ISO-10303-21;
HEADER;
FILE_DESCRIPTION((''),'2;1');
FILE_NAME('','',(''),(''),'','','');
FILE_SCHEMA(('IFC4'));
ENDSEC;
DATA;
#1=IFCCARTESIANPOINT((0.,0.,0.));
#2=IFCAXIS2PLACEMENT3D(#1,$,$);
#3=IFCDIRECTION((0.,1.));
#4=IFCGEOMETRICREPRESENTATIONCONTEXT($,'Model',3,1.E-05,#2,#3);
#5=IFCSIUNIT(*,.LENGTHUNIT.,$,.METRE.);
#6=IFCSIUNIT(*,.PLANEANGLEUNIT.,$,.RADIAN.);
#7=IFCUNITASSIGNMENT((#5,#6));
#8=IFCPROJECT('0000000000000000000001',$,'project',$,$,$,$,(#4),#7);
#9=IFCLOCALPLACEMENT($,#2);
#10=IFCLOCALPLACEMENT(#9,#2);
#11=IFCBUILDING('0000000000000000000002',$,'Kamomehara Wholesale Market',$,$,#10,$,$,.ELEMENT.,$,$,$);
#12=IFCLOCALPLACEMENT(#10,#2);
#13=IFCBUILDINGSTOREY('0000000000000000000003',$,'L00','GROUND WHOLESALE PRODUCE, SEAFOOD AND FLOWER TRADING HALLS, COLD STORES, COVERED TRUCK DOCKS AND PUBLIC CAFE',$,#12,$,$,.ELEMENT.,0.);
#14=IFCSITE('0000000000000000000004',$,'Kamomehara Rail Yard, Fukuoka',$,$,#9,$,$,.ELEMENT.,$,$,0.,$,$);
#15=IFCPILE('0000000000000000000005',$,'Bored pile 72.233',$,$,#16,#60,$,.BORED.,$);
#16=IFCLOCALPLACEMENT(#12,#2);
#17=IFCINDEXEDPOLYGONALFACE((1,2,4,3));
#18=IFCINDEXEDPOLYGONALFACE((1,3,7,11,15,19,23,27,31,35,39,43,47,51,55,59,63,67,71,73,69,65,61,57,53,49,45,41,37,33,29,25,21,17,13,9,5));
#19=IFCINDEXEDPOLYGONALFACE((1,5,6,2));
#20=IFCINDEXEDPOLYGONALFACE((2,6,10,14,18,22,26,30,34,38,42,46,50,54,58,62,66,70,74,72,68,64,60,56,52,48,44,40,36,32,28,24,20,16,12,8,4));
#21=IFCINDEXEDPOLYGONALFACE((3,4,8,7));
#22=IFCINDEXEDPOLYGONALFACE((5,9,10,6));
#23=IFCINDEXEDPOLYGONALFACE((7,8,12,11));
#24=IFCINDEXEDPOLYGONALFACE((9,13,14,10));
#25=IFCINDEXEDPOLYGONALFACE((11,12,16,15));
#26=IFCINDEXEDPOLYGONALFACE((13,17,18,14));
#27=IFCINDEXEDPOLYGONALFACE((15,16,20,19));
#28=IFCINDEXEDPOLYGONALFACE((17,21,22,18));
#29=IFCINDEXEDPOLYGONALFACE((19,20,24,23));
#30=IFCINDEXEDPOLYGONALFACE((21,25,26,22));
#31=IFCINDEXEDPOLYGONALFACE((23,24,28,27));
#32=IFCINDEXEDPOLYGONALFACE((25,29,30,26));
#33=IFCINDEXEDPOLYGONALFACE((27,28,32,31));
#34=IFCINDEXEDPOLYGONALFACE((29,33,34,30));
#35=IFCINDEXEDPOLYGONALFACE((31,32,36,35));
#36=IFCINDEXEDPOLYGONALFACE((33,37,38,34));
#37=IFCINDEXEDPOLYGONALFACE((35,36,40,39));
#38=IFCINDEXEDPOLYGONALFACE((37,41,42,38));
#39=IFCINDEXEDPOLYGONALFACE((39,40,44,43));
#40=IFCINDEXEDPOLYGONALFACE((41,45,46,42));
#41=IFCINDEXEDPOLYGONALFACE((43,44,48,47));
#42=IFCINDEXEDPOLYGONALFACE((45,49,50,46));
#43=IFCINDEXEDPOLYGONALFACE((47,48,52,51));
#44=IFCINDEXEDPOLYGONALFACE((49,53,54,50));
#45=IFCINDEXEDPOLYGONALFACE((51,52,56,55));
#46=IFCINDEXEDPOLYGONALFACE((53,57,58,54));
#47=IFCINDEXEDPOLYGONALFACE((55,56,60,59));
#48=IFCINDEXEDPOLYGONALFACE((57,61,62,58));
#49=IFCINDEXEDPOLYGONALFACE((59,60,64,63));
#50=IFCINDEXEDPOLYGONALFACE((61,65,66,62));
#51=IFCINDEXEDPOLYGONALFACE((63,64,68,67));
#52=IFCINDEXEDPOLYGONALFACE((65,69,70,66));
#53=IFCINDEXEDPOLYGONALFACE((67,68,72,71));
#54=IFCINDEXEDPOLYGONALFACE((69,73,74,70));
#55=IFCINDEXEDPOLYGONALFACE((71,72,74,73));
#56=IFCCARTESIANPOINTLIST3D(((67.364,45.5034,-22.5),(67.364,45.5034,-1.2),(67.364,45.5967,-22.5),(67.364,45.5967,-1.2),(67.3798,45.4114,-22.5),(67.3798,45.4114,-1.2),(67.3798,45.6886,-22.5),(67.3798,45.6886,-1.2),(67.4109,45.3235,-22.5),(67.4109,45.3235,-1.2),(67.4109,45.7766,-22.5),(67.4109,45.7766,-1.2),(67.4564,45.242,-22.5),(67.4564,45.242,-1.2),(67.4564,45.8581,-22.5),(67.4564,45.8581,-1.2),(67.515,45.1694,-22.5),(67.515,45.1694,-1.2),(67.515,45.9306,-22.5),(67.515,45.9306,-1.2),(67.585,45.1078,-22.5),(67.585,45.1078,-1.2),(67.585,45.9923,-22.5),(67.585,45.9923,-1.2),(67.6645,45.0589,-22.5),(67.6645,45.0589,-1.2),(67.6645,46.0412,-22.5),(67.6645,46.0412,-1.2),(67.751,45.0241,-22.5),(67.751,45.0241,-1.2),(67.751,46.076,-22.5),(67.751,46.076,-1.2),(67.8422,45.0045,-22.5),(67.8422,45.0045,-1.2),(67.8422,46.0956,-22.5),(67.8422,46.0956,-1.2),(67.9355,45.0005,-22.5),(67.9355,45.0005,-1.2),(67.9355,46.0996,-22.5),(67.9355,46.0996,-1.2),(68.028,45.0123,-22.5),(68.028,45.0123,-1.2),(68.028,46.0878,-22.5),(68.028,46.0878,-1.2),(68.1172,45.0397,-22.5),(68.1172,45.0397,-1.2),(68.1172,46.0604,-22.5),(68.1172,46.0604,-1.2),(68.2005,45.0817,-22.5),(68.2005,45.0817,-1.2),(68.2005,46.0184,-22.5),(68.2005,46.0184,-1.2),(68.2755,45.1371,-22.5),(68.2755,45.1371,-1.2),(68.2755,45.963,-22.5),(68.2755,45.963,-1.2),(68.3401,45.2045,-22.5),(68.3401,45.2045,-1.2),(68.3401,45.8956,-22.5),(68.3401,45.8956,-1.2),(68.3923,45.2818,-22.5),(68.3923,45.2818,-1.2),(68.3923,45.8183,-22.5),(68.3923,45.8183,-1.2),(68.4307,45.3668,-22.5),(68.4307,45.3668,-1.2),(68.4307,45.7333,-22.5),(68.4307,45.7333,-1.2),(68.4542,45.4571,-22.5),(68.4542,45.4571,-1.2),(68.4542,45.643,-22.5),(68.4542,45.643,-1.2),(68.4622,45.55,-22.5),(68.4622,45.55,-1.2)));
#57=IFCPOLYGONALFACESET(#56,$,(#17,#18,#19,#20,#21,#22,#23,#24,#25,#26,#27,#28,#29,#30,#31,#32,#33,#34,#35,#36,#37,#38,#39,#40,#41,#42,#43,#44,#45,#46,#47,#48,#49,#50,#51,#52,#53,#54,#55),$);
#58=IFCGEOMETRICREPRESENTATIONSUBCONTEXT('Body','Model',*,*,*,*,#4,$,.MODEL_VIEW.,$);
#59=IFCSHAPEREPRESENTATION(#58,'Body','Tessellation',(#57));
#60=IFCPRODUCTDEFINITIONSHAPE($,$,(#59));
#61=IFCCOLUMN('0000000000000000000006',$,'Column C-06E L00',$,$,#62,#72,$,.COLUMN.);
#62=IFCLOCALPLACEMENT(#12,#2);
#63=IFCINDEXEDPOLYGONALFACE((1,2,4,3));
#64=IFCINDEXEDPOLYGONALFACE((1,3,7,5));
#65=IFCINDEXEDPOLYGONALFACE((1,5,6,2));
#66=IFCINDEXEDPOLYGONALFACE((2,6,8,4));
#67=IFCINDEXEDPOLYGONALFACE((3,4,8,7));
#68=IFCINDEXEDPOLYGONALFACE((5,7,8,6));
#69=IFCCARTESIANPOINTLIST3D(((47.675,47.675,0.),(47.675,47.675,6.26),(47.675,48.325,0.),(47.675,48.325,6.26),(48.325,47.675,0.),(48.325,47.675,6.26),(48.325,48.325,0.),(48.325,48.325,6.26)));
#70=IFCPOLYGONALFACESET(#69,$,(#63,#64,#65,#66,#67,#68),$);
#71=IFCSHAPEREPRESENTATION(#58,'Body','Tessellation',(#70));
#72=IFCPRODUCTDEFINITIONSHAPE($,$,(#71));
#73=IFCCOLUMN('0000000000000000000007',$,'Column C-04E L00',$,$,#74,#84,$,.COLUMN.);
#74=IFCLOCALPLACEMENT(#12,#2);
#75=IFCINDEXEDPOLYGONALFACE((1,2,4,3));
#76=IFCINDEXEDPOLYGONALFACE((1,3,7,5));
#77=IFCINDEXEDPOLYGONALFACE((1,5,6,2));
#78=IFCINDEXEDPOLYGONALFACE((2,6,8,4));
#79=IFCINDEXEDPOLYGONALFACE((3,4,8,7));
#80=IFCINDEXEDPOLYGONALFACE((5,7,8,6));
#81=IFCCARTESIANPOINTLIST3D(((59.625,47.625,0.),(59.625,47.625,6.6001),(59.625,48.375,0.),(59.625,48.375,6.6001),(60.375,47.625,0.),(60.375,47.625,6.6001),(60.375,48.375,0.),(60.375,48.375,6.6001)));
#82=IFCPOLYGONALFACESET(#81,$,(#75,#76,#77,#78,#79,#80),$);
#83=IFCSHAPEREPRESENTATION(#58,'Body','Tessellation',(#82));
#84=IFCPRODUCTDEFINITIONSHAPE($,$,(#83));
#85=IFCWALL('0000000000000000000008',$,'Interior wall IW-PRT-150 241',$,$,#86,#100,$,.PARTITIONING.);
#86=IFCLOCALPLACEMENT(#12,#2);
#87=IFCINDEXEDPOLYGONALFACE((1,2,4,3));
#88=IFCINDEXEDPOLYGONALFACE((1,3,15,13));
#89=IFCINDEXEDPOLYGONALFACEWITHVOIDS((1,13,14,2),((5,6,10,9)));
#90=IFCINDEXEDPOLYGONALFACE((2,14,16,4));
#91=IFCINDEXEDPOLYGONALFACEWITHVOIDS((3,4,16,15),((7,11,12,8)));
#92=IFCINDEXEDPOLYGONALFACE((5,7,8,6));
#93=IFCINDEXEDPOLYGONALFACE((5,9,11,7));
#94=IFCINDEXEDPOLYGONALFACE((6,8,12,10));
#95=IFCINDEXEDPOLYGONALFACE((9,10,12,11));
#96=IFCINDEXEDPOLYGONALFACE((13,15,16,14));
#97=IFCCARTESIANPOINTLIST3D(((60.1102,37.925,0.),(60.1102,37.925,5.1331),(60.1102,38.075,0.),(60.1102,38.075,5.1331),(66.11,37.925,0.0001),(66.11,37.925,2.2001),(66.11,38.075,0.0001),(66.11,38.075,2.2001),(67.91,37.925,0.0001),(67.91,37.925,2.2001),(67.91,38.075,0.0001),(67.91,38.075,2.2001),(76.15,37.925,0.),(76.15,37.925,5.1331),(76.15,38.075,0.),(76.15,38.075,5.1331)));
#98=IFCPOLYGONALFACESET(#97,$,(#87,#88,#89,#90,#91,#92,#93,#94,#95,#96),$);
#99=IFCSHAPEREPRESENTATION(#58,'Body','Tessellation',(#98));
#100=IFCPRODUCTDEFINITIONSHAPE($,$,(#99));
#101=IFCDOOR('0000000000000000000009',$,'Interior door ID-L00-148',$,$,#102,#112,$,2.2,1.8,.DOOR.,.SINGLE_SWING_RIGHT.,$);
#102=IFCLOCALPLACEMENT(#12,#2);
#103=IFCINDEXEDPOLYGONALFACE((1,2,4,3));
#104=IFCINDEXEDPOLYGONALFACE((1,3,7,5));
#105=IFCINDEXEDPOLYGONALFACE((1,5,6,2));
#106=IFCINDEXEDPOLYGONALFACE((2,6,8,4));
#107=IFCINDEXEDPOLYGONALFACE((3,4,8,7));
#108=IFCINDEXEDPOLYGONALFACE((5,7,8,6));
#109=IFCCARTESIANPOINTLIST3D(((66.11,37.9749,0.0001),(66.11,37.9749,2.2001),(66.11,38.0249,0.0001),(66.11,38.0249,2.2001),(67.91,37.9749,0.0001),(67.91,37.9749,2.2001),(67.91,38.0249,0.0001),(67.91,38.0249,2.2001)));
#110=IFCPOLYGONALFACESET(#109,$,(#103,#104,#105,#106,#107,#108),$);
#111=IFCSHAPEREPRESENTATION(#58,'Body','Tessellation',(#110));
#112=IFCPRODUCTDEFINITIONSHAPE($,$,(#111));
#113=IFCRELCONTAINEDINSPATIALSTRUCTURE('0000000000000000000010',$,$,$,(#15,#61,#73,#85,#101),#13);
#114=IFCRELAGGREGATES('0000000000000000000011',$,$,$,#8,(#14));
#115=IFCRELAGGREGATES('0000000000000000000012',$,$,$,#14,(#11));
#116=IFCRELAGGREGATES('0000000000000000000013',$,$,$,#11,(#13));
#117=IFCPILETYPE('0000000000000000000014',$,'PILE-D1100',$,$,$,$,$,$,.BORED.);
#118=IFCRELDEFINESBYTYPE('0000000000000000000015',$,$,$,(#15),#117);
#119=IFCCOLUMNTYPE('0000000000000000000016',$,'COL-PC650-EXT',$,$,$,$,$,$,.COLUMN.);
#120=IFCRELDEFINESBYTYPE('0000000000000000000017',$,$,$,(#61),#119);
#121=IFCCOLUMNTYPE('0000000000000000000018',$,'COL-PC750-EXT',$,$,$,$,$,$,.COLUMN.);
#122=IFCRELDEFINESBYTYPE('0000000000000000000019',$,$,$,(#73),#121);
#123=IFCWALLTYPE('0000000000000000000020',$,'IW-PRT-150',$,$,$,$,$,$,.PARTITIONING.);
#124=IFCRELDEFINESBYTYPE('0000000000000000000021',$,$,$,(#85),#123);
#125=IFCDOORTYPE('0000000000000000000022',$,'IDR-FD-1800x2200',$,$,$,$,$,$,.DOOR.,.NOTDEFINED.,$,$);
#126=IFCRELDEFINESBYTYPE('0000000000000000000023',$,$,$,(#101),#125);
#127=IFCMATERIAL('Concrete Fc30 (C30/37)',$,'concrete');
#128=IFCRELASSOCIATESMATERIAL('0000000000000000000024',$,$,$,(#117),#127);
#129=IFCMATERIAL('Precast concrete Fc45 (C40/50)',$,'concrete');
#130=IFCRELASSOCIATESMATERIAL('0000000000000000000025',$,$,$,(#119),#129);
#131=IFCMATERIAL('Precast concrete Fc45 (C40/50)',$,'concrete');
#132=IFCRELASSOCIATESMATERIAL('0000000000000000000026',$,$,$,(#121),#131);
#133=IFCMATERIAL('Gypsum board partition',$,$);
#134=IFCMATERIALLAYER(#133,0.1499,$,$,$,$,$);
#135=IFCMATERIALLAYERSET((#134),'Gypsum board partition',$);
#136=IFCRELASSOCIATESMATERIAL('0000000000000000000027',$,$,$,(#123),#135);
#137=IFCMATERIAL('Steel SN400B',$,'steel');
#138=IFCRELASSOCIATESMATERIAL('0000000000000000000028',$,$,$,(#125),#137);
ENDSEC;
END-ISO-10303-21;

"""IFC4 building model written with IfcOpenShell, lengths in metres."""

from ifc_helpers import new_model, si_unit, direction, frame, frame_2d, origin, origin_2d, place, context, subcontext, project, spatial, rectangle, circle, extrude, material, layer, layer_set, material_profile, profile_set, type_object, element, fill, save


model = new_model("IFC4")

# Units and contexts
model_context = context("Model", 3, precision=1e-05, world=origin(), true_north=direction((0.0, 1.0)))
body_context = subcontext(model_context, "Body", "Model", "MODEL_VIEW")
ifc_project = project(units=[si_unit("LENGTHUNIT", "METRE"), si_unit("PLANEANGLEUNIT", "RADIAN")], contexts=[model_context])

# Site, building, storey
site_placement = place(None, origin())
site = spatial("IfcSite", under=ifc_project, at=site_placement, Name="Kamomehara Rail Yard, Fukuoka", CompositionType="ELEMENT", RefElevation=0.0)
building_placement = place(site_placement, origin())
building = spatial("IfcBuilding", under=site, at=building_placement, Name="Kamomehara Wholesale Market", CompositionType="ELEMENT")
storey_placement = place(building_placement, origin())
storey = spatial("IfcBuildingStorey", under=building, at=storey_placement, Name="L00", Description="GROUND WHOLESALE PRODUCE, SEAFOOD AND FLOWER TRADING HALLS, COLD STORES, COVERED TRUCK DOCKS AND PUBLIC CAFE", CompositionType="ELEMENT", Elevation=0.0)

# Pile
ifc_material_1 = material(Name="Concrete Fc30 (C30/37)", Category="concrete")
ifc_material_profile_1 = material_profile(ifc_material_1, circle(Radius=0.55, at=origin_2d()), Name="RC-PILE-D1100")
ifc_profile_set_1 = profile_set([ifc_material_profile_1], Name="Concrete Fc30 (C30/37)")
pile_type_1 = type_object("IfcPileType", Name="PILE-D1100", PredefinedType="BORED", material=ifc_profile_set_1)
for number, where, z_axis, x_axis, name in (
    (1, (67.9121, 45.55, -1.2), (0.0, 0.0, -1.0), (1.0, 0.0, 0.0), "Bored pile 72.233"),
):
    element("IfcPile", number, at=place(storey_placement, frame(where, z_axis=z_axis, x_axis=x_axis)), inside=storey, type_object=pile_type_1, Name=name, PredefinedType="BORED", context=body_context, shape_type="SweptSolid", body=[
        extrude(circle(Radius=0.55, at=origin_2d()), origin(), (0.0, 0.0, 1.0), 21.3),
    ])

# Columns
ifc_material_2 = material(Name="Precast concrete Fc45 (C40/50)", Category="concrete")
ifc_material_profile_2 = material_profile(ifc_material_2, rectangle(XDim=0.6499, YDim=0.6499, at=origin_2d()), Name="PC-COL-650x650")
ifc_profile_set_2 = profile_set([ifc_material_profile_2], Name="Precast concrete Fc45 (C40/50)")
column_type_1 = type_object("IfcColumnType", Name="COL-PC650-EXT", PredefinedType="COLUMN", material=ifc_profile_set_2)
column_1_placement = place(storey_placement, frame((48.0, 48.0, 0.0), z_axis=(0.0, 0.0, 1.0), x_axis=(1.0, 0.0, 0.0)))
element("IfcColumn", 2, at=column_1_placement, inside=storey, type_object=column_type_1, Name="Column C-06E L00", PredefinedType="COLUMN", context=body_context, shape_type="SweptSolid", body=[
    extrude(rectangle(XDim=0.6499, YDim=0.6499, at=origin_2d()), origin(), (0.0, 0.0, 1.0), 6.26),
])
ifc_material_3 = material(Name="Precast concrete Fc45 (C40/50)", Category="concrete")
ifc_material_profile_3 = material_profile(ifc_material_3, rectangle(XDim=0.75, YDim=0.75, at=origin_2d()), Name="PC-COL-750x750")
ifc_profile_set_3 = profile_set([ifc_material_profile_3], Name="Precast concrete Fc45 (C40/50)")
column_type_2 = type_object("IfcColumnType", Name="COL-PC750-EXT", PredefinedType="COLUMN", material=ifc_profile_set_3)
column_2_placement = place(storey_placement, frame((60.0, 48.0, 0.0), z_axis=(0.0, 0.0, 1.0), x_axis=(1.0, 0.0, 0.0)))
element("IfcColumn", 3, at=column_2_placement, inside=storey, type_object=column_type_2, Name="Column C-04E L00", PredefinedType="COLUMN", context=body_context, shape_type="SweptSolid", body=[
    extrude(rectangle(XDim=0.75, YDim=0.75, at=origin_2d()), origin(), (0.0, 0.0, 1.0), 6.6001),
])

# Wall, opening, door
ifc_material_4 = material(Name="Gypsum board partition")
ifc_layer_1 = layer(ifc_material_4, 0.1499)
ifc_layer_set_1 = layer_set([ifc_layer_1], Name="Gypsum board partition")
wall_type = type_object("IfcWallType", Name="IW-PRT-150", PredefinedType="PARTITIONING", material=ifc_layer_set_1)
wall_1_placement = place(storey_placement, frame((60.1101, 38.0, 0.0), z_axis=(0.0, 0.0, 1.0), x_axis=(1.0, 0.0, 0.0)))
wall_1 = element("IfcWall", 4, at=wall_1_placement, inside=storey, type_object=wall_type, Name="Interior wall IW-PRT-150 241", PredefinedType="PARTITIONING", context=body_context, shape_type="SweptSolid", body=[
    extrude(rectangle(XDim=16.0398, YDim=0.1499, at=frame_2d((8.02, 0.0))), origin(), (0.0, 0.0, 1.0), 5.1331),
])
opening_1_placement = place(wall_1_placement, frame((6.0, 0.0, 0.0)))
opening_1 = element("IfcOpeningElement", 5, at=opening_1_placement, cuts=wall_1, PredefinedType="OPENING", context=body_context, shape_type="SweptSolid", body=[
    extrude(rectangle(XDim=1.8, YDim=2.2, at=frame_2d((0.8999, 1.1001))), frame((0.0, 0.0898, 0.0), z_axis=(0.0, -1.0, 0.0), x_axis=(1.0, 0.0, 0.0)), (0.0, 0.0, 1.0), 0.1797),
])
ifc_material_5 = material(Name="Steel SN400B", Category="steel")
door_type_1 = type_object("IfcDoorType", Name="IDR-FD-1800x2200", OperationType="NOTDEFINED", PredefinedType="DOOR", material=ifc_material_5)
door_1_placement = place(opening_1_placement, origin())
door_1 = element("IfcDoor", 6, at=door_1_placement, inside=storey, type_object=door_type_1, Name="Interior door ID-L00-148", OperationType="SINGLE_SWING_RIGHT", OverallHeight=2.2, OverallWidth=1.8, PredefinedType="DOOR", context=body_context, shape_type="SweptSolid", body=[
    extrude(rectangle(XDim=1.8, YDim=2.2, at=frame_2d((0.8999, 1.1001))), frame((0.0, 0.0249, 0.0), z_axis=(0.0, -1.0, 0.0), x_axis=(1.0, 0.0, 0.0)), (0.0, 0.0, 1.0), 0.05),
])
fill(opening_1, door_1)

save(model, "model.ifc")
